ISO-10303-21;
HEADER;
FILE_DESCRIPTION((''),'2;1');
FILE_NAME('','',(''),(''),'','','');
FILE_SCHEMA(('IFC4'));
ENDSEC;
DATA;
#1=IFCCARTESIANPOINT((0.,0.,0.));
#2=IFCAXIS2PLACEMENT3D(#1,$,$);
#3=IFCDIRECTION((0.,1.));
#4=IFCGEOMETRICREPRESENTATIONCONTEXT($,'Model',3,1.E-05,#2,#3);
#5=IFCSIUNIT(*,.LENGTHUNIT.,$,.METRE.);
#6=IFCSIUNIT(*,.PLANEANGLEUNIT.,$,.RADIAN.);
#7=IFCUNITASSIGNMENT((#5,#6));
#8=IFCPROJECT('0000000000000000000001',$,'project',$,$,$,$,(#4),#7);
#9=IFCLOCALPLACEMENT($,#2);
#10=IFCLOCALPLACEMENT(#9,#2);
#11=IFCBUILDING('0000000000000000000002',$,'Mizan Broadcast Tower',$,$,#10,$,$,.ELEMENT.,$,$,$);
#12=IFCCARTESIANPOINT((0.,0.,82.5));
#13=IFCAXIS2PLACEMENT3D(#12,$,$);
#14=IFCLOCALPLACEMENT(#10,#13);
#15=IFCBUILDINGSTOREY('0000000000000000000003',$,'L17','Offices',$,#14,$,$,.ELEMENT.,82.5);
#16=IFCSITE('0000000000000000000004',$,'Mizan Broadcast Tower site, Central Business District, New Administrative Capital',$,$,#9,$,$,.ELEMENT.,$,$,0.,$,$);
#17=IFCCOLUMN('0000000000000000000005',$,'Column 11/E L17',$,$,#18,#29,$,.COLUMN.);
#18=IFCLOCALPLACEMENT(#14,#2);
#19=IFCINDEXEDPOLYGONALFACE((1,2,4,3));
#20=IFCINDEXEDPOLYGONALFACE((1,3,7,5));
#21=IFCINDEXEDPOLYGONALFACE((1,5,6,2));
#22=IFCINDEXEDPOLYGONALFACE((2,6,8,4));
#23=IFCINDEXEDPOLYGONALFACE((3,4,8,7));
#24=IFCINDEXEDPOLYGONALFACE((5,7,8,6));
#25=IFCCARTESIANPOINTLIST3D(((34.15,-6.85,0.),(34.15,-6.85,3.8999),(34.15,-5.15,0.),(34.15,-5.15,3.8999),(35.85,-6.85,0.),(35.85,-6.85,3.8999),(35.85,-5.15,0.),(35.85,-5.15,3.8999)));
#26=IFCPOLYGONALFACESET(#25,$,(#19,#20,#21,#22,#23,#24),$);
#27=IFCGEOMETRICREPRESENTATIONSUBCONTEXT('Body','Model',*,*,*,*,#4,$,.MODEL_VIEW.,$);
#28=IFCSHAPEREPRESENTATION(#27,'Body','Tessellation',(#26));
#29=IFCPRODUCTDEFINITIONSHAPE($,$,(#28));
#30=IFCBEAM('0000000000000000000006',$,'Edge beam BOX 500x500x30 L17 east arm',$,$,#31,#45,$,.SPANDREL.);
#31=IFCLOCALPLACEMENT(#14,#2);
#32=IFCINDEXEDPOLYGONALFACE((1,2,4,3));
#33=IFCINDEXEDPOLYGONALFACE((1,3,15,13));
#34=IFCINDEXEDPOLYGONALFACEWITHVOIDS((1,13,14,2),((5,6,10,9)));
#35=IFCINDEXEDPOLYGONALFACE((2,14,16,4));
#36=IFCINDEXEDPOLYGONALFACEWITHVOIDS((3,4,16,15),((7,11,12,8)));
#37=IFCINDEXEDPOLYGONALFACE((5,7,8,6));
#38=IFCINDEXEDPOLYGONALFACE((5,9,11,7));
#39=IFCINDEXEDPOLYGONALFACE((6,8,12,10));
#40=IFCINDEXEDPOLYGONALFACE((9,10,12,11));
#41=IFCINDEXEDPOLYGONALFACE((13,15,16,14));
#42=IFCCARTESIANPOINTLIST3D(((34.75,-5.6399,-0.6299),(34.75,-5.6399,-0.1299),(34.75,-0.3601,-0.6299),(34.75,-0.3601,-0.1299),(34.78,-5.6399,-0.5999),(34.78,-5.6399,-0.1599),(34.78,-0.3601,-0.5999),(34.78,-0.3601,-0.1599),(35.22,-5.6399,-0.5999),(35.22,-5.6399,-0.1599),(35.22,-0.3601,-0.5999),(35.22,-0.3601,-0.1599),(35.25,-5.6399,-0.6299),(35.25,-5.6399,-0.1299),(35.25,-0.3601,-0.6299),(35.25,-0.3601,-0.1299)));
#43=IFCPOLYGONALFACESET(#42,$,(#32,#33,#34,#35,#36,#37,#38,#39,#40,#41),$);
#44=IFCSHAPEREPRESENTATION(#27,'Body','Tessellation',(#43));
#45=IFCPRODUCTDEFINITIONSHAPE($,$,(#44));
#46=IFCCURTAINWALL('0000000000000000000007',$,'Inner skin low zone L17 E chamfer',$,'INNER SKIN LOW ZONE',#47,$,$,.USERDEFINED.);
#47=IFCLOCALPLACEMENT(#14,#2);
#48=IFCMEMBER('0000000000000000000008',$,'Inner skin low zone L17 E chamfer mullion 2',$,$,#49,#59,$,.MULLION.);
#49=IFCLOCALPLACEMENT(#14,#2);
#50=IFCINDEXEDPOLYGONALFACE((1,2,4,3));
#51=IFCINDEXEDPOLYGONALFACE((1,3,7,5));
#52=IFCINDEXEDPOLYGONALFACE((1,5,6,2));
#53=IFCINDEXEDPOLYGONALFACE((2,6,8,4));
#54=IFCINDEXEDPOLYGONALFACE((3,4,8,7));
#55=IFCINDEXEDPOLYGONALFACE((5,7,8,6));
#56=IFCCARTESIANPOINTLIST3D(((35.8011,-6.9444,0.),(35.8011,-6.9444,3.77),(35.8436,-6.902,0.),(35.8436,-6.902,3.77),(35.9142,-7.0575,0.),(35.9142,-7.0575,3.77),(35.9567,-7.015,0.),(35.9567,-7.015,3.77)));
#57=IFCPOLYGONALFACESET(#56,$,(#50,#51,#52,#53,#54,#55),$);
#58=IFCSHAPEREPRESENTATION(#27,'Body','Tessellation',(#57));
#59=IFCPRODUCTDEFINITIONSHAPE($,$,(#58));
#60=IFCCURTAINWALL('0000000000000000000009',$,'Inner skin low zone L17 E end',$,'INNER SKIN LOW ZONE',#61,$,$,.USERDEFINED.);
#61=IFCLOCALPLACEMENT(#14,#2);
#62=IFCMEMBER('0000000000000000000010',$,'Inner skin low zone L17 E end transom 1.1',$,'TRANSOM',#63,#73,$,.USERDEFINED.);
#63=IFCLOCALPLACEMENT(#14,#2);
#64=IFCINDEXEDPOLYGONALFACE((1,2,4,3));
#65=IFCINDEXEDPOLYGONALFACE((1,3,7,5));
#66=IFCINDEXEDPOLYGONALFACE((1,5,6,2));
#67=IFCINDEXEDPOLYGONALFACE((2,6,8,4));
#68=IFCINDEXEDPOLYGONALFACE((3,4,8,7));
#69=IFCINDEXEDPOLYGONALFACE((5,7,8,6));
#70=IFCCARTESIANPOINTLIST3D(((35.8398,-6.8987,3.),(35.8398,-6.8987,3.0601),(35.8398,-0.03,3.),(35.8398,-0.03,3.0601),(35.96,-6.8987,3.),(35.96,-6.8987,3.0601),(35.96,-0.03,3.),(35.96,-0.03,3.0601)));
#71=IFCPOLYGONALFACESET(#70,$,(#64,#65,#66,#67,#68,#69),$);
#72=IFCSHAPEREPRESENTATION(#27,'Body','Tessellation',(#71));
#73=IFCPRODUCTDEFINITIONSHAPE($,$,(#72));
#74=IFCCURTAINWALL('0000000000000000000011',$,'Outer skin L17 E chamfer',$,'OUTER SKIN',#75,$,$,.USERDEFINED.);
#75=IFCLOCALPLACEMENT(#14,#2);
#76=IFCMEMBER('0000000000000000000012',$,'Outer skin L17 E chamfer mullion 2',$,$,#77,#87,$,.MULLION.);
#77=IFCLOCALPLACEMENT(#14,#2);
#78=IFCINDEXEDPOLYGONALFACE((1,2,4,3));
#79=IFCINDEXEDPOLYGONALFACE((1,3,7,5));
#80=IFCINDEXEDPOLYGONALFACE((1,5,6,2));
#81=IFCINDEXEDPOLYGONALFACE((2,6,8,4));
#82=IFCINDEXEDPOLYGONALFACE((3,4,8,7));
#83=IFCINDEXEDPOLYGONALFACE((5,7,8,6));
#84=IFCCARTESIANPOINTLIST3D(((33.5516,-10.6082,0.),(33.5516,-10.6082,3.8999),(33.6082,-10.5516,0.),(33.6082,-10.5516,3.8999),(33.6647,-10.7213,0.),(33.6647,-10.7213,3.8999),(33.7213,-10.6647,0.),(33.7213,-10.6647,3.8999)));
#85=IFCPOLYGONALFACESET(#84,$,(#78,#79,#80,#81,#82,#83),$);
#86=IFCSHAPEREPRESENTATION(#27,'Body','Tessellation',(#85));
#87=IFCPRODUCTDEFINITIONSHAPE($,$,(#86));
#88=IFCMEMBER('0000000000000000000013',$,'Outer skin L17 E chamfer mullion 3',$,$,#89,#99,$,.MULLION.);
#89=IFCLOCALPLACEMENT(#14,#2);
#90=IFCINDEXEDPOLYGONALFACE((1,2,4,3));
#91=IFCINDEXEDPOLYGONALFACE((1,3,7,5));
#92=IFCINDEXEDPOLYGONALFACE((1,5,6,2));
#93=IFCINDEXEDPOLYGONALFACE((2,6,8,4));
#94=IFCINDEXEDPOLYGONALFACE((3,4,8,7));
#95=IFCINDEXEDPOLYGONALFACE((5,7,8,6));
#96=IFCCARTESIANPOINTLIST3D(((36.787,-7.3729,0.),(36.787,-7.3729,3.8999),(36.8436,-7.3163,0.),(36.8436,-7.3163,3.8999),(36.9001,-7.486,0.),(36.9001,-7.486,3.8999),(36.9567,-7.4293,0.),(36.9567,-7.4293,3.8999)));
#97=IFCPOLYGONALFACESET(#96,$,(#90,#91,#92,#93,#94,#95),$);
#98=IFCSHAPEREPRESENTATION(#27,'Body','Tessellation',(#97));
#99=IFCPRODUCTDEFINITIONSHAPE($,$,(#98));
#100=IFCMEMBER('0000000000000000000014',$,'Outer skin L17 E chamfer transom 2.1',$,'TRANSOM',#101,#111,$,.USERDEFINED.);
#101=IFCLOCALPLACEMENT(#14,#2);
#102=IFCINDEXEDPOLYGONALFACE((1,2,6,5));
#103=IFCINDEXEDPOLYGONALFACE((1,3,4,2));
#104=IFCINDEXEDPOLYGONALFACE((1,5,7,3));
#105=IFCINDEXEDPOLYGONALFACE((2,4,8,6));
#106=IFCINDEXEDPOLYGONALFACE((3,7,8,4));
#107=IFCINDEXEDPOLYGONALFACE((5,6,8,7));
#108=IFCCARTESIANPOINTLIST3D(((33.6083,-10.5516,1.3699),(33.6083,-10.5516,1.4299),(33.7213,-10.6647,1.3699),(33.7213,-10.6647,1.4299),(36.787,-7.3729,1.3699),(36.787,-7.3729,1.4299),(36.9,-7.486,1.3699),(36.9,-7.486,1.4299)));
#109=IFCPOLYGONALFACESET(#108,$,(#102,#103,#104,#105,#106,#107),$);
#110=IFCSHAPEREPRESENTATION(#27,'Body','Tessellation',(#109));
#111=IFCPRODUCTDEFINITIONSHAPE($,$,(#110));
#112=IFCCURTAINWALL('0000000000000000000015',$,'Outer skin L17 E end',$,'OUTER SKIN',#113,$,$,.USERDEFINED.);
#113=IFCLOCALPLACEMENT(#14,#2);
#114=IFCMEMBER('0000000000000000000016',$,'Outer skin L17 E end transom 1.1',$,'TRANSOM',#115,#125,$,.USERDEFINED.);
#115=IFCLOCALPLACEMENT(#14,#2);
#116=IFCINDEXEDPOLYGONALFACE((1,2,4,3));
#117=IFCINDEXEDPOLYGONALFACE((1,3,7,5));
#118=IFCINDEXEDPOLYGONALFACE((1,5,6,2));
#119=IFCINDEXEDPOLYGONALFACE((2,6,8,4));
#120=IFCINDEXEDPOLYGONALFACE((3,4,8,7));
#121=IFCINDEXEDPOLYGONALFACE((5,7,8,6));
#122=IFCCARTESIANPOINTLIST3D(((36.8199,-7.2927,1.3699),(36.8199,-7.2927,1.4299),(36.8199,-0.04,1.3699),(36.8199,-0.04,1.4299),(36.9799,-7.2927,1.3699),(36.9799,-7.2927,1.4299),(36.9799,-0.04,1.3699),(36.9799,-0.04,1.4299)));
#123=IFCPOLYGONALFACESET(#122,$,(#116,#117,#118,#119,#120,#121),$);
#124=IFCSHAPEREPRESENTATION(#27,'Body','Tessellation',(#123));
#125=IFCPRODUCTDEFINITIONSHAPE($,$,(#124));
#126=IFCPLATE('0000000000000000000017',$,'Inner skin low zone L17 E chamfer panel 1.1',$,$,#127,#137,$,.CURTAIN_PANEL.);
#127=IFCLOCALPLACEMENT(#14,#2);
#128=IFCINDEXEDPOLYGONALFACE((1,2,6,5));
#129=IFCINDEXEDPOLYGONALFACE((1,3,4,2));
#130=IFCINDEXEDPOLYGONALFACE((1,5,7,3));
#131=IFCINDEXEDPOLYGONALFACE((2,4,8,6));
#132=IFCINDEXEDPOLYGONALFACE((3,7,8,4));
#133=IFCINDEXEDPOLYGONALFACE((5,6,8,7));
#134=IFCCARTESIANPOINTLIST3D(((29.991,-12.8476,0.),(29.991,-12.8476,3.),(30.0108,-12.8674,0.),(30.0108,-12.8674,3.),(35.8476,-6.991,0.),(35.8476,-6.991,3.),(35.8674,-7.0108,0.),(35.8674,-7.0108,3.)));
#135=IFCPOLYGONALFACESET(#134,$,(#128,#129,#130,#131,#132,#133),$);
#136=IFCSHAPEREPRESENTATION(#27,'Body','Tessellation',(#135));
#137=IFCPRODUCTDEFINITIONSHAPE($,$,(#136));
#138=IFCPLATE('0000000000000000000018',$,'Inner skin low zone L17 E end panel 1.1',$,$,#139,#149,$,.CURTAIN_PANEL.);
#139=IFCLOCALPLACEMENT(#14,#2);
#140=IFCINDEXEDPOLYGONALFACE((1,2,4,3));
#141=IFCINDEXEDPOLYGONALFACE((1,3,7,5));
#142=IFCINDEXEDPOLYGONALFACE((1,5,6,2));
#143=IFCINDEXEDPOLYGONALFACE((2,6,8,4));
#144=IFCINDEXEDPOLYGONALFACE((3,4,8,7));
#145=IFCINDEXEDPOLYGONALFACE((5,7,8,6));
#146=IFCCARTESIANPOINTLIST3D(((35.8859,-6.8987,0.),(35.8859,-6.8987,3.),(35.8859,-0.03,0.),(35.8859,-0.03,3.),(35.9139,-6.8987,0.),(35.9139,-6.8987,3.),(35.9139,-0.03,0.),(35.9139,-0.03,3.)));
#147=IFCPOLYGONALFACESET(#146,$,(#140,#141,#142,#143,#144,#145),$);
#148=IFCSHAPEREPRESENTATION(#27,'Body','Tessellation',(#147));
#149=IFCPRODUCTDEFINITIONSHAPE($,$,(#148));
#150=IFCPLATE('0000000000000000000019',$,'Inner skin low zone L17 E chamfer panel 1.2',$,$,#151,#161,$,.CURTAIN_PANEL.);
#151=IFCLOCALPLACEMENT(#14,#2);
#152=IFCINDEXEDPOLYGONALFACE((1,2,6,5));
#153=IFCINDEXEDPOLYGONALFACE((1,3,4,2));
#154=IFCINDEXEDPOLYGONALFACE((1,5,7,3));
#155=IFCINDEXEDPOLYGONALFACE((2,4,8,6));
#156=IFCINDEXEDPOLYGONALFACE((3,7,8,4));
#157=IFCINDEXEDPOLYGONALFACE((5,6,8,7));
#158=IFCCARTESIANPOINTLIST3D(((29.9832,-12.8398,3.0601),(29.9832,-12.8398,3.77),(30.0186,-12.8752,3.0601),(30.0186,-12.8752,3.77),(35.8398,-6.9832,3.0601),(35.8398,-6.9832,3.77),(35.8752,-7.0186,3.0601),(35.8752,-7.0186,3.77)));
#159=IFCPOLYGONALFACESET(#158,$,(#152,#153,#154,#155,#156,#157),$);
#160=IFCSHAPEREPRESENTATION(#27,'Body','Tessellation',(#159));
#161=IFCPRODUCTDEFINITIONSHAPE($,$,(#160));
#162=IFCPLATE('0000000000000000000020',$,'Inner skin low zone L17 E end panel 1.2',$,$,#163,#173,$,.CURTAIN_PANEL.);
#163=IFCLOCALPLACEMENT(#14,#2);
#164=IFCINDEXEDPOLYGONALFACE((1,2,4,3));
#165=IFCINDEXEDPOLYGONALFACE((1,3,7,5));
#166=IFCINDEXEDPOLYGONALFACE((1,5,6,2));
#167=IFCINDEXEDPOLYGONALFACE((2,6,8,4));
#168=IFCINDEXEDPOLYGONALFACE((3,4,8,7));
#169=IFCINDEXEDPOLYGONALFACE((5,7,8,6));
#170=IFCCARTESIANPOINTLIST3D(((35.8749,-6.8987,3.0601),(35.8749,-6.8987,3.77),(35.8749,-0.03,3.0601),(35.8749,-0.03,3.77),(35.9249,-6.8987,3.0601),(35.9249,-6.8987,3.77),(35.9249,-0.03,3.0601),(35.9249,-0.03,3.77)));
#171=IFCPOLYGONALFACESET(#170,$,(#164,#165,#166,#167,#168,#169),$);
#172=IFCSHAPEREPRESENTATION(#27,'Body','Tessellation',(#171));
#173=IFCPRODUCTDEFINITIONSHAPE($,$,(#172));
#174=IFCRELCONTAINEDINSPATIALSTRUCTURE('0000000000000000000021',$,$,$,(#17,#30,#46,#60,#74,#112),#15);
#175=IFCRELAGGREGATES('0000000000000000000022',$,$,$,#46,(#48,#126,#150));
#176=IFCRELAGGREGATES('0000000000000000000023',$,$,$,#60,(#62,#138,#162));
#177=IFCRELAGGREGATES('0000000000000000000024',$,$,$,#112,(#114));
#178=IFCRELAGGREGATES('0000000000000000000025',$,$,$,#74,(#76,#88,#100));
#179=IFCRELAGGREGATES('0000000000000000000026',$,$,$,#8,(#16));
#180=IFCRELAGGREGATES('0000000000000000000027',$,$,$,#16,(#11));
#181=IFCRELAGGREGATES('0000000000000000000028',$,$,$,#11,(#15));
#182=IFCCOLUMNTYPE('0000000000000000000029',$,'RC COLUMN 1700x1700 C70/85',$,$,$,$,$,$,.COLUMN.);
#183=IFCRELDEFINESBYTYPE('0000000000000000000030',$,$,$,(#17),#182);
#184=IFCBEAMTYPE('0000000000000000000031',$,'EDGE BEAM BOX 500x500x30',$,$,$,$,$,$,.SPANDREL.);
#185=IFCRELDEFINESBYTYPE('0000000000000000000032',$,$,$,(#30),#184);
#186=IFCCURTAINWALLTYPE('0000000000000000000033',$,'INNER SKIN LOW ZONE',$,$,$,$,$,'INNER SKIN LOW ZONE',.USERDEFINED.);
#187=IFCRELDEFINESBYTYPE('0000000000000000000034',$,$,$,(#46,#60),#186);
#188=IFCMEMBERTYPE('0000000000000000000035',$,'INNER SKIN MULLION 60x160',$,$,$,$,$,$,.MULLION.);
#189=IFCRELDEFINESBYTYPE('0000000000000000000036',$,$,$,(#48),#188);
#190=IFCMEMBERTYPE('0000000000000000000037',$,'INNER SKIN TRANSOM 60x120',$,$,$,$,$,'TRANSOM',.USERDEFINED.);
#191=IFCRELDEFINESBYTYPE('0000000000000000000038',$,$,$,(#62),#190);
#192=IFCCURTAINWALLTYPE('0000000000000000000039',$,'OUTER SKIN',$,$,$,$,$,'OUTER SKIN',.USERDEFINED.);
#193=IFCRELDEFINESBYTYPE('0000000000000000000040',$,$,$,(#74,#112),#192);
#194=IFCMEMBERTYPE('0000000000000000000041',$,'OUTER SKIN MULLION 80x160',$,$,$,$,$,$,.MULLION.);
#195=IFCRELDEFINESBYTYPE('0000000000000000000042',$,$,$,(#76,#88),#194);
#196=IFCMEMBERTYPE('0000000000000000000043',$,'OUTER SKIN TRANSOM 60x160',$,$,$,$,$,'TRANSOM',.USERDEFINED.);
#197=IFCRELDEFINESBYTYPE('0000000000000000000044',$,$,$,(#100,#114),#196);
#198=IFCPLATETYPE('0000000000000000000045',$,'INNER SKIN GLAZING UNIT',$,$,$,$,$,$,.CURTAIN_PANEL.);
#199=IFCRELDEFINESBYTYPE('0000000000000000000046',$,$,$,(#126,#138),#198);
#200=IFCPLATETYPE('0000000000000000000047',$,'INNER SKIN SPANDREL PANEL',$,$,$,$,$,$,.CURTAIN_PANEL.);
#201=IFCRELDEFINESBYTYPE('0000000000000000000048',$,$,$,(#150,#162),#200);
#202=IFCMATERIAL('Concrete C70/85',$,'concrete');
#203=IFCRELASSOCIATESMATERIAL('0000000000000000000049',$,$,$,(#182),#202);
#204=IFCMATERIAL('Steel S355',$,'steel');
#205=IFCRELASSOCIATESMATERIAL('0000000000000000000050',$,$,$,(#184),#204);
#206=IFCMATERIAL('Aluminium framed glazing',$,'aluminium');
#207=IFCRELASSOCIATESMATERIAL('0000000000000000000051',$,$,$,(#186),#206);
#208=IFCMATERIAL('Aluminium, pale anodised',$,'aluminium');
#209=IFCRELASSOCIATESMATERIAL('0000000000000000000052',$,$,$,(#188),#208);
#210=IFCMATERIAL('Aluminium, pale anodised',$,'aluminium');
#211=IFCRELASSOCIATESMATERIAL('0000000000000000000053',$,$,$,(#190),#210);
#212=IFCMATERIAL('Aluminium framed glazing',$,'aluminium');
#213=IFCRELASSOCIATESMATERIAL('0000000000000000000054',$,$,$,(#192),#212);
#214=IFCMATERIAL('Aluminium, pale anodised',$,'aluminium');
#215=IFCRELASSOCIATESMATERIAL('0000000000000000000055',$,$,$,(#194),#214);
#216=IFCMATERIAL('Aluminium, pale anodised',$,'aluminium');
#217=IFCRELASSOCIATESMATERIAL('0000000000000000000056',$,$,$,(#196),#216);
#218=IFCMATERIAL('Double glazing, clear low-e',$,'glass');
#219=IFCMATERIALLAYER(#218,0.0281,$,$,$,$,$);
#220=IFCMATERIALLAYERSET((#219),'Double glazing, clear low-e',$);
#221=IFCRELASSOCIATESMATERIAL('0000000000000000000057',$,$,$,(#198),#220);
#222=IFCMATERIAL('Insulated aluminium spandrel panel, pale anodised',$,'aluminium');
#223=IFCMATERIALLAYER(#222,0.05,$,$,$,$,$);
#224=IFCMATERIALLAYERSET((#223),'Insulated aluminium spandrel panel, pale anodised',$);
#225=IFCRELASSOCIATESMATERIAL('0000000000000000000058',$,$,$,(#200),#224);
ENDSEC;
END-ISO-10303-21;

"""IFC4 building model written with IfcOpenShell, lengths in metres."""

from ifc_helpers import new_model, si_unit, direction, frame, origin, origin_2d, place, context, subcontext, project, spatial, rectangle, hollow_rectangle, extrude, material, layer, layer_set, material_profile, profile_set, type_object, element, aggregate, save


model = new_model("IFC4")

# Units and contexts
model_context = context("Model", 3, precision=1e-05, world=origin(), true_north=direction((0.0, 1.0)))
body_context = subcontext(model_context, "Body", "Model", "MODEL_VIEW")
ifc_project = project(units=[si_unit("LENGTHUNIT", "METRE"), si_unit("PLANEANGLEUNIT", "RADIAN")], contexts=[model_context])

# Site, building, storey
site_placement = place(None, origin())
site = spatial("IfcSite", under=ifc_project, at=site_placement, Name="Mizan Broadcast Tower site, Central Business District, New Administrative Capital", CompositionType="ELEMENT", RefElevation=0.0)
building_placement = place(site_placement, origin())
building = spatial("IfcBuilding", under=site, at=building_placement, Name="Mizan Broadcast Tower", CompositionType="ELEMENT")
storey_placement = place(building_placement, frame((0.0, 0.0, 82.5)))
storey = spatial("IfcBuildingStorey", under=building, at=storey_placement, Name="L17", Description="Offices", CompositionType="ELEMENT", Elevation=82.5)

# Column
ifc_material_1 = material(Name="Concrete C70/85", Category="concrete")
ifc_material_profile_1 = material_profile(ifc_material_1, rectangle(XDim=1.7, YDim=1.7, at=origin_2d()), Name="RC 1700x1700")
ifc_profile_set_1 = profile_set([ifc_material_profile_1], Name="Concrete C70/85")
column_type = type_object("IfcColumnType", Name="RC COLUMN 1700x1700 C70/85", PredefinedType="COLUMN", material=ifc_profile_set_1)
column_placement = place(storey_placement, frame((35.0, -6.0, 0.0), z_axis=(0.0, 0.0, 1.0), x_axis=(1.0, 0.0, 0.0)))
element("IfcColumn", 1, at=column_placement, inside=storey, type_object=column_type, Name="Column 11/E L17", PredefinedType="COLUMN", context=body_context, shape_type="SweptSolid", body=[
    extrude(rectangle(XDim=1.7, YDim=1.7, at=origin_2d()), origin(), (0.0, 0.0, 1.0), 3.8999),
])

# Beam
ifc_material_2 = material(Name="Steel S355", Category="steel")
ifc_material_profile_2 = material_profile(ifc_material_2, hollow_rectangle(XDim=0.5, YDim=0.5, WallThickness=0.03, at=origin_2d()), Name="BOX 500x500x30")
ifc_profile_set_2 = profile_set([ifc_material_profile_2], Name="Steel S355")
beam_type = type_object("IfcBeamType", Name="EDGE BEAM BOX 500x500x30", PredefinedType="SPANDREL", material=ifc_profile_set_2)
beam_placement = place(storey_placement, frame((35.0, -5.6399, -0.3799), z_axis=(0.0, 1.0, 0.0), x_axis=(-1.0, 0.0, 0.0)))
element("IfcBeam", 2, at=beam_placement, inside=storey, type_object=beam_type, Name="Edge beam BOX 500x500x30 L17 east arm", PredefinedType="SPANDREL", context=body_context, shape_type="SweptSolid", body=[
    extrude(hollow_rectangle(XDim=0.5, YDim=0.5, WallThickness=0.03, at=origin_2d()), origin(), (0.0, 0.0, 1.0), 5.2798),
])

# Curtain walls, members
ifc_material_3 = material(Name="Aluminium framed glazing", Category="aluminium")
curtain_wall_type_1 = type_object("IfcCurtainWallType", Name="INNER SKIN LOW ZONE", ElementType="INNER SKIN LOW ZONE", PredefinedType="USERDEFINED", material=ifc_material_3)
curtain_wall_1_placement = place(storey_placement, origin())
curtain_wall_1 = element("IfcCurtainWall", 3, at=curtain_wall_1_placement, inside=storey, type_object=curtain_wall_type_1, Name="Inner skin low zone L17 E chamfer", ObjectType="INNER SKIN LOW ZONE", PredefinedType="USERDEFINED")
ifc_material_4 = material(Name="Aluminium, pale anodised", Category="aluminium")
ifc_material_profile_3 = material_profile(ifc_material_4, rectangle(XDim=0.1599, YDim=0.0601, at=origin_2d()), Name="MULLION 160x60")
ifc_profile_set_3 = profile_set([ifc_material_profile_3], Name="Aluminium, pale anodised")
member_type_1 = type_object("IfcMemberType", Name="INNER SKIN MULLION 60x160", PredefinedType="MULLION", material=ifc_profile_set_3)
member_1_placement = place(storey_placement, frame((35.8789, -6.9797, 0.0), z_axis=(0.0, 0.0, 1.0), x_axis=(-0.707107, 0.707107, 0.0)))
member_1 = element("IfcMember", 4, at=member_1_placement, type_object=member_type_1, Name="Inner skin low zone L17 E chamfer mullion 2", PredefinedType="MULLION", context=body_context, shape_type="SweptSolid", body=[
    extrude(rectangle(XDim=0.1599, YDim=0.0601, at=origin_2d()), origin(), (0.0, 0.0, 1.0), 3.77),
])
curtain_wall_2_placement = place(storey_placement, origin())
curtain_wall_2 = element("IfcCurtainWall", 5, at=curtain_wall_2_placement, inside=storey, type_object=curtain_wall_type_1, Name="Inner skin low zone L17 E end", ObjectType="INNER SKIN LOW ZONE", PredefinedType="USERDEFINED")
ifc_material_5 = material(Name="Aluminium, pale anodised", Category="aluminium")
ifc_material_profile_4 = material_profile(ifc_material_5, rectangle(XDim=0.1201, YDim=0.0601, at=origin_2d()), Name="TRANSOM 120x60")
ifc_profile_set_4 = profile_set([ifc_material_profile_4], Name="Aluminium, pale anodised")
member_type_2 = type_object("IfcMemberType", Name="INNER SKIN TRANSOM 60x120", ElementType="TRANSOM", PredefinedType="USERDEFINED", material=ifc_profile_set_4)
member_2_placement = place(storey_placement, frame((35.8999, -6.8987, 3.03), z_axis=(0.0, 1.0, 0.0), x_axis=(-1.0, 0.0, 0.0)))
member_2 = element("IfcMember", 6, at=member_2_placement, type_object=member_type_2, Name="Inner skin low zone L17 E end transom 1.1", ObjectType="TRANSOM", PredefinedType="USERDEFINED", context=body_context, shape_type="SweptSolid", body=[
    extrude(rectangle(XDim=0.1201, YDim=0.0601, at=origin_2d()), origin(), (0.0, 0.0, 1.0), 6.8687),
])

# Curtain wall, members
ifc_material_6 = material(Name="Aluminium framed glazing", Category="aluminium")
curtain_wall_type_2 = type_object("IfcCurtainWallType", Name="OUTER SKIN", ElementType="OUTER SKIN", PredefinedType="USERDEFINED", material=ifc_material_6)
curtain_wall_3_placement = place(storey_placement, origin())
curtain_wall_3 = element("IfcCurtainWall", 7, at=curtain_wall_3_placement, inside=storey, type_object=curtain_wall_type_2, Name="Outer skin L17 E chamfer", ObjectType="OUTER SKIN", PredefinedType="USERDEFINED")
ifc_material_7 = material(Name="Aluminium, pale anodised", Category="aluminium")
ifc_material_profile_5 = material_profile(ifc_material_7, rectangle(XDim=0.1599, YDim=0.0801, at=origin_2d()), Name="MULLION 160x80")
ifc_profile_set_5 = profile_set([ifc_material_profile_5], Name="Aluminium, pale anodised")
member_type_3 = type_object("IfcMemberType", Name="OUTER SKIN MULLION 80x160", PredefinedType="MULLION", material=ifc_profile_set_5)
member_3_placement = place(storey_placement, frame((33.6365, -10.6365, 0.0), z_axis=(0.0, 0.0, 1.0), x_axis=(-0.707107, 0.707107, 0.0)))
member_3 = element("IfcMember", 8, at=member_3_placement, type_object=member_type_3, Name="Outer skin L17 E chamfer mullion 2", PredefinedType="MULLION", context=body_context, shape_type="SweptSolid", body=[
    extrude(rectangle(XDim=0.1599, YDim=0.0801, at=origin_2d()), origin(), (0.0, 0.0, 1.0), 3.8999),
])
member_4_placement = place(storey_placement, frame((36.8718, -7.4011, 0.0), z_axis=(0.0, 0.0, 1.0), x_axis=(-0.707107, 0.707107, 0.0)))
member_4 = element("IfcMember", 9, at=member_4_placement, type_object=member_type_3, Name="Outer skin L17 E chamfer mullion 3", PredefinedType="MULLION", context=body_context, shape_type="SweptSolid", body=[
    extrude(rectangle(XDim=0.1599, YDim=0.0801, at=origin_2d()), origin(), (0.0, 0.0, 1.0), 3.8999),
])
ifc_material_8 = material(Name="Aluminium, pale anodised", Category="aluminium")
ifc_material_profile_6 = material_profile(ifc_material_8, rectangle(XDim=0.1599, YDim=0.0601, at=origin_2d()), Name="TRANSOM 160x60")
ifc_profile_set_6 = profile_set([ifc_material_profile_6], Name="Aluminium, pale anodised")
member_type_4 = type_object("IfcMemberType", Name="OUTER SKIN TRANSOM 60x160", ElementType="TRANSOM", PredefinedType="USERDEFINED", material=ifc_profile_set_6)
member_5_placement = place(storey_placement, frame((33.6648, -10.6082, 1.3999), z_axis=(0.707107, 0.707107, 0.0), x_axis=(-0.707107, 0.707107, 0.0)))
member_5 = element("IfcMember", 10, at=member_5_placement, type_object=member_type_4, Name="Outer skin L17 E chamfer transom 2.1", ObjectType="TRANSOM", PredefinedType="USERDEFINED", context=body_context, shape_type="SweptSolid", body=[
    extrude(rectangle(XDim=0.1599, YDim=0.0601, at=origin_2d()), origin(), (0.0, 0.0, 1.0), 4.4954),
])

# Curtain wall, member
curtain_wall_4_placement = place(storey_placement, origin())
curtain_wall_4 = element("IfcCurtainWall", 11, at=curtain_wall_4_placement, inside=storey, type_object=curtain_wall_type_2, Name="Outer skin L17 E end", ObjectType="OUTER SKIN", PredefinedType="USERDEFINED")
member_6_placement = place(storey_placement, frame((36.8999, -7.2927, 1.3999), z_axis=(0.0, 1.0, 0.0), x_axis=(-1.0, 0.0, 0.0)))
member_6 = element("IfcMember", 12, at=member_6_placement, type_object=member_type_4, Name="Outer skin L17 E end transom 1.1", ObjectType="TRANSOM", PredefinedType="USERDEFINED", context=body_context, shape_type="SweptSolid", body=[
    extrude(rectangle(XDim=0.1599, YDim=0.0601, at=origin_2d()), origin(), (0.0, 0.0, 1.0), 7.2527),
])

# Plates
ifc_material_9 = material(Name="Double glazing, clear low-e", Category="glass")
ifc_layer_1 = layer(ifc_material_9, 0.0281)
ifc_layer_set_1 = layer_set([ifc_layer_1], Name="Double glazing, clear low-e")
plate_type_1 = type_object("IfcPlateType", Name="INNER SKIN GLAZING UNIT", PredefinedType="CURTAIN_PANEL", material=ifc_layer_set_1)
plate_1_placement = place(storey_placement, frame((32.9292, -9.9292, 0.0), z_axis=(0.0, 0.0, 1.0), x_axis=(0.707107, 0.707107, 0.0)))
plate_1 = element("IfcPlate", 13, at=plate_1_placement, type_object=plate_type_1, Name="Inner skin low zone L17 E chamfer panel 1.1", PredefinedType="CURTAIN_PANEL", context=body_context, shape_type="SweptSolid", body=[
    extrude(rectangle(XDim=8.2825, YDim=0.0281, at=origin_2d()), origin(), (0.0, 0.0, 1.0), 3.0),
])
plate_2_placement = place(storey_placement, frame((35.8999, -3.4644, 0.0), z_axis=(0.0, 0.0, 1.0), x_axis=(0.0, 1.0, 0.0)))
plate_2 = element("IfcPlate", 14, at=plate_2_placement, type_object=plate_type_1, Name="Inner skin low zone L17 E end panel 1.1", PredefinedType="CURTAIN_PANEL", context=body_context, shape_type="SweptSolid", body=[
    extrude(rectangle(XDim=6.8687, YDim=0.0281, at=origin_2d()), origin(), (0.0, 0.0, 1.0), 3.0),
])
ifc_material_10 = material(Name="Insulated aluminium spandrel panel, pale anodised", Category="aluminium")
ifc_layer_2 = layer(ifc_material_10, 0.05)
ifc_layer_set_2 = layer_set([ifc_layer_2], Name="Insulated aluminium spandrel panel, pale anodised")
plate_type_2 = type_object("IfcPlateType", Name="INNER SKIN SPANDREL PANEL", PredefinedType="CURTAIN_PANEL", material=ifc_layer_set_2)
plate_3_placement = place(storey_placement, frame((32.9292, -9.9292, 3.0601), z_axis=(0.0, 0.0, 1.0), x_axis=(0.707107, 0.707107, 0.0)))
plate_3 = element("IfcPlate", 15, at=plate_3_placement, type_object=plate_type_2, Name="Inner skin low zone L17 E chamfer panel 1.2", PredefinedType="CURTAIN_PANEL", context=body_context, shape_type="SweptSolid", body=[
    extrude(rectangle(XDim=8.2825, YDim=0.05, at=origin_2d()), origin(), (0.0, 0.0, 1.0), 0.71),
])
aggregate(curtain_wall_1, [member_1, plate_1, plate_3])
plate_4_placement = place(storey_placement, frame((35.8999, -3.4644, 3.0601), z_axis=(0.0, 0.0, 1.0), x_axis=(0.0, 1.0, 0.0)))
plate_4 = element("IfcPlate", 16, at=plate_4_placement, type_object=plate_type_2, Name="Inner skin low zone L17 E end panel 1.2", PredefinedType="CURTAIN_PANEL", context=body_context, shape_type="SweptSolid", body=[
    extrude(rectangle(XDim=6.8687, YDim=0.05, at=origin_2d()), origin(), (0.0, 0.0, 1.0), 0.71),
])
aggregate(curtain_wall_2, [member_2, plate_2, plate_4])
aggregate(curtain_wall_4, [member_6])
aggregate(curtain_wall_3, [member_3, member_4, member_5])

save(model, "model.ifc")
